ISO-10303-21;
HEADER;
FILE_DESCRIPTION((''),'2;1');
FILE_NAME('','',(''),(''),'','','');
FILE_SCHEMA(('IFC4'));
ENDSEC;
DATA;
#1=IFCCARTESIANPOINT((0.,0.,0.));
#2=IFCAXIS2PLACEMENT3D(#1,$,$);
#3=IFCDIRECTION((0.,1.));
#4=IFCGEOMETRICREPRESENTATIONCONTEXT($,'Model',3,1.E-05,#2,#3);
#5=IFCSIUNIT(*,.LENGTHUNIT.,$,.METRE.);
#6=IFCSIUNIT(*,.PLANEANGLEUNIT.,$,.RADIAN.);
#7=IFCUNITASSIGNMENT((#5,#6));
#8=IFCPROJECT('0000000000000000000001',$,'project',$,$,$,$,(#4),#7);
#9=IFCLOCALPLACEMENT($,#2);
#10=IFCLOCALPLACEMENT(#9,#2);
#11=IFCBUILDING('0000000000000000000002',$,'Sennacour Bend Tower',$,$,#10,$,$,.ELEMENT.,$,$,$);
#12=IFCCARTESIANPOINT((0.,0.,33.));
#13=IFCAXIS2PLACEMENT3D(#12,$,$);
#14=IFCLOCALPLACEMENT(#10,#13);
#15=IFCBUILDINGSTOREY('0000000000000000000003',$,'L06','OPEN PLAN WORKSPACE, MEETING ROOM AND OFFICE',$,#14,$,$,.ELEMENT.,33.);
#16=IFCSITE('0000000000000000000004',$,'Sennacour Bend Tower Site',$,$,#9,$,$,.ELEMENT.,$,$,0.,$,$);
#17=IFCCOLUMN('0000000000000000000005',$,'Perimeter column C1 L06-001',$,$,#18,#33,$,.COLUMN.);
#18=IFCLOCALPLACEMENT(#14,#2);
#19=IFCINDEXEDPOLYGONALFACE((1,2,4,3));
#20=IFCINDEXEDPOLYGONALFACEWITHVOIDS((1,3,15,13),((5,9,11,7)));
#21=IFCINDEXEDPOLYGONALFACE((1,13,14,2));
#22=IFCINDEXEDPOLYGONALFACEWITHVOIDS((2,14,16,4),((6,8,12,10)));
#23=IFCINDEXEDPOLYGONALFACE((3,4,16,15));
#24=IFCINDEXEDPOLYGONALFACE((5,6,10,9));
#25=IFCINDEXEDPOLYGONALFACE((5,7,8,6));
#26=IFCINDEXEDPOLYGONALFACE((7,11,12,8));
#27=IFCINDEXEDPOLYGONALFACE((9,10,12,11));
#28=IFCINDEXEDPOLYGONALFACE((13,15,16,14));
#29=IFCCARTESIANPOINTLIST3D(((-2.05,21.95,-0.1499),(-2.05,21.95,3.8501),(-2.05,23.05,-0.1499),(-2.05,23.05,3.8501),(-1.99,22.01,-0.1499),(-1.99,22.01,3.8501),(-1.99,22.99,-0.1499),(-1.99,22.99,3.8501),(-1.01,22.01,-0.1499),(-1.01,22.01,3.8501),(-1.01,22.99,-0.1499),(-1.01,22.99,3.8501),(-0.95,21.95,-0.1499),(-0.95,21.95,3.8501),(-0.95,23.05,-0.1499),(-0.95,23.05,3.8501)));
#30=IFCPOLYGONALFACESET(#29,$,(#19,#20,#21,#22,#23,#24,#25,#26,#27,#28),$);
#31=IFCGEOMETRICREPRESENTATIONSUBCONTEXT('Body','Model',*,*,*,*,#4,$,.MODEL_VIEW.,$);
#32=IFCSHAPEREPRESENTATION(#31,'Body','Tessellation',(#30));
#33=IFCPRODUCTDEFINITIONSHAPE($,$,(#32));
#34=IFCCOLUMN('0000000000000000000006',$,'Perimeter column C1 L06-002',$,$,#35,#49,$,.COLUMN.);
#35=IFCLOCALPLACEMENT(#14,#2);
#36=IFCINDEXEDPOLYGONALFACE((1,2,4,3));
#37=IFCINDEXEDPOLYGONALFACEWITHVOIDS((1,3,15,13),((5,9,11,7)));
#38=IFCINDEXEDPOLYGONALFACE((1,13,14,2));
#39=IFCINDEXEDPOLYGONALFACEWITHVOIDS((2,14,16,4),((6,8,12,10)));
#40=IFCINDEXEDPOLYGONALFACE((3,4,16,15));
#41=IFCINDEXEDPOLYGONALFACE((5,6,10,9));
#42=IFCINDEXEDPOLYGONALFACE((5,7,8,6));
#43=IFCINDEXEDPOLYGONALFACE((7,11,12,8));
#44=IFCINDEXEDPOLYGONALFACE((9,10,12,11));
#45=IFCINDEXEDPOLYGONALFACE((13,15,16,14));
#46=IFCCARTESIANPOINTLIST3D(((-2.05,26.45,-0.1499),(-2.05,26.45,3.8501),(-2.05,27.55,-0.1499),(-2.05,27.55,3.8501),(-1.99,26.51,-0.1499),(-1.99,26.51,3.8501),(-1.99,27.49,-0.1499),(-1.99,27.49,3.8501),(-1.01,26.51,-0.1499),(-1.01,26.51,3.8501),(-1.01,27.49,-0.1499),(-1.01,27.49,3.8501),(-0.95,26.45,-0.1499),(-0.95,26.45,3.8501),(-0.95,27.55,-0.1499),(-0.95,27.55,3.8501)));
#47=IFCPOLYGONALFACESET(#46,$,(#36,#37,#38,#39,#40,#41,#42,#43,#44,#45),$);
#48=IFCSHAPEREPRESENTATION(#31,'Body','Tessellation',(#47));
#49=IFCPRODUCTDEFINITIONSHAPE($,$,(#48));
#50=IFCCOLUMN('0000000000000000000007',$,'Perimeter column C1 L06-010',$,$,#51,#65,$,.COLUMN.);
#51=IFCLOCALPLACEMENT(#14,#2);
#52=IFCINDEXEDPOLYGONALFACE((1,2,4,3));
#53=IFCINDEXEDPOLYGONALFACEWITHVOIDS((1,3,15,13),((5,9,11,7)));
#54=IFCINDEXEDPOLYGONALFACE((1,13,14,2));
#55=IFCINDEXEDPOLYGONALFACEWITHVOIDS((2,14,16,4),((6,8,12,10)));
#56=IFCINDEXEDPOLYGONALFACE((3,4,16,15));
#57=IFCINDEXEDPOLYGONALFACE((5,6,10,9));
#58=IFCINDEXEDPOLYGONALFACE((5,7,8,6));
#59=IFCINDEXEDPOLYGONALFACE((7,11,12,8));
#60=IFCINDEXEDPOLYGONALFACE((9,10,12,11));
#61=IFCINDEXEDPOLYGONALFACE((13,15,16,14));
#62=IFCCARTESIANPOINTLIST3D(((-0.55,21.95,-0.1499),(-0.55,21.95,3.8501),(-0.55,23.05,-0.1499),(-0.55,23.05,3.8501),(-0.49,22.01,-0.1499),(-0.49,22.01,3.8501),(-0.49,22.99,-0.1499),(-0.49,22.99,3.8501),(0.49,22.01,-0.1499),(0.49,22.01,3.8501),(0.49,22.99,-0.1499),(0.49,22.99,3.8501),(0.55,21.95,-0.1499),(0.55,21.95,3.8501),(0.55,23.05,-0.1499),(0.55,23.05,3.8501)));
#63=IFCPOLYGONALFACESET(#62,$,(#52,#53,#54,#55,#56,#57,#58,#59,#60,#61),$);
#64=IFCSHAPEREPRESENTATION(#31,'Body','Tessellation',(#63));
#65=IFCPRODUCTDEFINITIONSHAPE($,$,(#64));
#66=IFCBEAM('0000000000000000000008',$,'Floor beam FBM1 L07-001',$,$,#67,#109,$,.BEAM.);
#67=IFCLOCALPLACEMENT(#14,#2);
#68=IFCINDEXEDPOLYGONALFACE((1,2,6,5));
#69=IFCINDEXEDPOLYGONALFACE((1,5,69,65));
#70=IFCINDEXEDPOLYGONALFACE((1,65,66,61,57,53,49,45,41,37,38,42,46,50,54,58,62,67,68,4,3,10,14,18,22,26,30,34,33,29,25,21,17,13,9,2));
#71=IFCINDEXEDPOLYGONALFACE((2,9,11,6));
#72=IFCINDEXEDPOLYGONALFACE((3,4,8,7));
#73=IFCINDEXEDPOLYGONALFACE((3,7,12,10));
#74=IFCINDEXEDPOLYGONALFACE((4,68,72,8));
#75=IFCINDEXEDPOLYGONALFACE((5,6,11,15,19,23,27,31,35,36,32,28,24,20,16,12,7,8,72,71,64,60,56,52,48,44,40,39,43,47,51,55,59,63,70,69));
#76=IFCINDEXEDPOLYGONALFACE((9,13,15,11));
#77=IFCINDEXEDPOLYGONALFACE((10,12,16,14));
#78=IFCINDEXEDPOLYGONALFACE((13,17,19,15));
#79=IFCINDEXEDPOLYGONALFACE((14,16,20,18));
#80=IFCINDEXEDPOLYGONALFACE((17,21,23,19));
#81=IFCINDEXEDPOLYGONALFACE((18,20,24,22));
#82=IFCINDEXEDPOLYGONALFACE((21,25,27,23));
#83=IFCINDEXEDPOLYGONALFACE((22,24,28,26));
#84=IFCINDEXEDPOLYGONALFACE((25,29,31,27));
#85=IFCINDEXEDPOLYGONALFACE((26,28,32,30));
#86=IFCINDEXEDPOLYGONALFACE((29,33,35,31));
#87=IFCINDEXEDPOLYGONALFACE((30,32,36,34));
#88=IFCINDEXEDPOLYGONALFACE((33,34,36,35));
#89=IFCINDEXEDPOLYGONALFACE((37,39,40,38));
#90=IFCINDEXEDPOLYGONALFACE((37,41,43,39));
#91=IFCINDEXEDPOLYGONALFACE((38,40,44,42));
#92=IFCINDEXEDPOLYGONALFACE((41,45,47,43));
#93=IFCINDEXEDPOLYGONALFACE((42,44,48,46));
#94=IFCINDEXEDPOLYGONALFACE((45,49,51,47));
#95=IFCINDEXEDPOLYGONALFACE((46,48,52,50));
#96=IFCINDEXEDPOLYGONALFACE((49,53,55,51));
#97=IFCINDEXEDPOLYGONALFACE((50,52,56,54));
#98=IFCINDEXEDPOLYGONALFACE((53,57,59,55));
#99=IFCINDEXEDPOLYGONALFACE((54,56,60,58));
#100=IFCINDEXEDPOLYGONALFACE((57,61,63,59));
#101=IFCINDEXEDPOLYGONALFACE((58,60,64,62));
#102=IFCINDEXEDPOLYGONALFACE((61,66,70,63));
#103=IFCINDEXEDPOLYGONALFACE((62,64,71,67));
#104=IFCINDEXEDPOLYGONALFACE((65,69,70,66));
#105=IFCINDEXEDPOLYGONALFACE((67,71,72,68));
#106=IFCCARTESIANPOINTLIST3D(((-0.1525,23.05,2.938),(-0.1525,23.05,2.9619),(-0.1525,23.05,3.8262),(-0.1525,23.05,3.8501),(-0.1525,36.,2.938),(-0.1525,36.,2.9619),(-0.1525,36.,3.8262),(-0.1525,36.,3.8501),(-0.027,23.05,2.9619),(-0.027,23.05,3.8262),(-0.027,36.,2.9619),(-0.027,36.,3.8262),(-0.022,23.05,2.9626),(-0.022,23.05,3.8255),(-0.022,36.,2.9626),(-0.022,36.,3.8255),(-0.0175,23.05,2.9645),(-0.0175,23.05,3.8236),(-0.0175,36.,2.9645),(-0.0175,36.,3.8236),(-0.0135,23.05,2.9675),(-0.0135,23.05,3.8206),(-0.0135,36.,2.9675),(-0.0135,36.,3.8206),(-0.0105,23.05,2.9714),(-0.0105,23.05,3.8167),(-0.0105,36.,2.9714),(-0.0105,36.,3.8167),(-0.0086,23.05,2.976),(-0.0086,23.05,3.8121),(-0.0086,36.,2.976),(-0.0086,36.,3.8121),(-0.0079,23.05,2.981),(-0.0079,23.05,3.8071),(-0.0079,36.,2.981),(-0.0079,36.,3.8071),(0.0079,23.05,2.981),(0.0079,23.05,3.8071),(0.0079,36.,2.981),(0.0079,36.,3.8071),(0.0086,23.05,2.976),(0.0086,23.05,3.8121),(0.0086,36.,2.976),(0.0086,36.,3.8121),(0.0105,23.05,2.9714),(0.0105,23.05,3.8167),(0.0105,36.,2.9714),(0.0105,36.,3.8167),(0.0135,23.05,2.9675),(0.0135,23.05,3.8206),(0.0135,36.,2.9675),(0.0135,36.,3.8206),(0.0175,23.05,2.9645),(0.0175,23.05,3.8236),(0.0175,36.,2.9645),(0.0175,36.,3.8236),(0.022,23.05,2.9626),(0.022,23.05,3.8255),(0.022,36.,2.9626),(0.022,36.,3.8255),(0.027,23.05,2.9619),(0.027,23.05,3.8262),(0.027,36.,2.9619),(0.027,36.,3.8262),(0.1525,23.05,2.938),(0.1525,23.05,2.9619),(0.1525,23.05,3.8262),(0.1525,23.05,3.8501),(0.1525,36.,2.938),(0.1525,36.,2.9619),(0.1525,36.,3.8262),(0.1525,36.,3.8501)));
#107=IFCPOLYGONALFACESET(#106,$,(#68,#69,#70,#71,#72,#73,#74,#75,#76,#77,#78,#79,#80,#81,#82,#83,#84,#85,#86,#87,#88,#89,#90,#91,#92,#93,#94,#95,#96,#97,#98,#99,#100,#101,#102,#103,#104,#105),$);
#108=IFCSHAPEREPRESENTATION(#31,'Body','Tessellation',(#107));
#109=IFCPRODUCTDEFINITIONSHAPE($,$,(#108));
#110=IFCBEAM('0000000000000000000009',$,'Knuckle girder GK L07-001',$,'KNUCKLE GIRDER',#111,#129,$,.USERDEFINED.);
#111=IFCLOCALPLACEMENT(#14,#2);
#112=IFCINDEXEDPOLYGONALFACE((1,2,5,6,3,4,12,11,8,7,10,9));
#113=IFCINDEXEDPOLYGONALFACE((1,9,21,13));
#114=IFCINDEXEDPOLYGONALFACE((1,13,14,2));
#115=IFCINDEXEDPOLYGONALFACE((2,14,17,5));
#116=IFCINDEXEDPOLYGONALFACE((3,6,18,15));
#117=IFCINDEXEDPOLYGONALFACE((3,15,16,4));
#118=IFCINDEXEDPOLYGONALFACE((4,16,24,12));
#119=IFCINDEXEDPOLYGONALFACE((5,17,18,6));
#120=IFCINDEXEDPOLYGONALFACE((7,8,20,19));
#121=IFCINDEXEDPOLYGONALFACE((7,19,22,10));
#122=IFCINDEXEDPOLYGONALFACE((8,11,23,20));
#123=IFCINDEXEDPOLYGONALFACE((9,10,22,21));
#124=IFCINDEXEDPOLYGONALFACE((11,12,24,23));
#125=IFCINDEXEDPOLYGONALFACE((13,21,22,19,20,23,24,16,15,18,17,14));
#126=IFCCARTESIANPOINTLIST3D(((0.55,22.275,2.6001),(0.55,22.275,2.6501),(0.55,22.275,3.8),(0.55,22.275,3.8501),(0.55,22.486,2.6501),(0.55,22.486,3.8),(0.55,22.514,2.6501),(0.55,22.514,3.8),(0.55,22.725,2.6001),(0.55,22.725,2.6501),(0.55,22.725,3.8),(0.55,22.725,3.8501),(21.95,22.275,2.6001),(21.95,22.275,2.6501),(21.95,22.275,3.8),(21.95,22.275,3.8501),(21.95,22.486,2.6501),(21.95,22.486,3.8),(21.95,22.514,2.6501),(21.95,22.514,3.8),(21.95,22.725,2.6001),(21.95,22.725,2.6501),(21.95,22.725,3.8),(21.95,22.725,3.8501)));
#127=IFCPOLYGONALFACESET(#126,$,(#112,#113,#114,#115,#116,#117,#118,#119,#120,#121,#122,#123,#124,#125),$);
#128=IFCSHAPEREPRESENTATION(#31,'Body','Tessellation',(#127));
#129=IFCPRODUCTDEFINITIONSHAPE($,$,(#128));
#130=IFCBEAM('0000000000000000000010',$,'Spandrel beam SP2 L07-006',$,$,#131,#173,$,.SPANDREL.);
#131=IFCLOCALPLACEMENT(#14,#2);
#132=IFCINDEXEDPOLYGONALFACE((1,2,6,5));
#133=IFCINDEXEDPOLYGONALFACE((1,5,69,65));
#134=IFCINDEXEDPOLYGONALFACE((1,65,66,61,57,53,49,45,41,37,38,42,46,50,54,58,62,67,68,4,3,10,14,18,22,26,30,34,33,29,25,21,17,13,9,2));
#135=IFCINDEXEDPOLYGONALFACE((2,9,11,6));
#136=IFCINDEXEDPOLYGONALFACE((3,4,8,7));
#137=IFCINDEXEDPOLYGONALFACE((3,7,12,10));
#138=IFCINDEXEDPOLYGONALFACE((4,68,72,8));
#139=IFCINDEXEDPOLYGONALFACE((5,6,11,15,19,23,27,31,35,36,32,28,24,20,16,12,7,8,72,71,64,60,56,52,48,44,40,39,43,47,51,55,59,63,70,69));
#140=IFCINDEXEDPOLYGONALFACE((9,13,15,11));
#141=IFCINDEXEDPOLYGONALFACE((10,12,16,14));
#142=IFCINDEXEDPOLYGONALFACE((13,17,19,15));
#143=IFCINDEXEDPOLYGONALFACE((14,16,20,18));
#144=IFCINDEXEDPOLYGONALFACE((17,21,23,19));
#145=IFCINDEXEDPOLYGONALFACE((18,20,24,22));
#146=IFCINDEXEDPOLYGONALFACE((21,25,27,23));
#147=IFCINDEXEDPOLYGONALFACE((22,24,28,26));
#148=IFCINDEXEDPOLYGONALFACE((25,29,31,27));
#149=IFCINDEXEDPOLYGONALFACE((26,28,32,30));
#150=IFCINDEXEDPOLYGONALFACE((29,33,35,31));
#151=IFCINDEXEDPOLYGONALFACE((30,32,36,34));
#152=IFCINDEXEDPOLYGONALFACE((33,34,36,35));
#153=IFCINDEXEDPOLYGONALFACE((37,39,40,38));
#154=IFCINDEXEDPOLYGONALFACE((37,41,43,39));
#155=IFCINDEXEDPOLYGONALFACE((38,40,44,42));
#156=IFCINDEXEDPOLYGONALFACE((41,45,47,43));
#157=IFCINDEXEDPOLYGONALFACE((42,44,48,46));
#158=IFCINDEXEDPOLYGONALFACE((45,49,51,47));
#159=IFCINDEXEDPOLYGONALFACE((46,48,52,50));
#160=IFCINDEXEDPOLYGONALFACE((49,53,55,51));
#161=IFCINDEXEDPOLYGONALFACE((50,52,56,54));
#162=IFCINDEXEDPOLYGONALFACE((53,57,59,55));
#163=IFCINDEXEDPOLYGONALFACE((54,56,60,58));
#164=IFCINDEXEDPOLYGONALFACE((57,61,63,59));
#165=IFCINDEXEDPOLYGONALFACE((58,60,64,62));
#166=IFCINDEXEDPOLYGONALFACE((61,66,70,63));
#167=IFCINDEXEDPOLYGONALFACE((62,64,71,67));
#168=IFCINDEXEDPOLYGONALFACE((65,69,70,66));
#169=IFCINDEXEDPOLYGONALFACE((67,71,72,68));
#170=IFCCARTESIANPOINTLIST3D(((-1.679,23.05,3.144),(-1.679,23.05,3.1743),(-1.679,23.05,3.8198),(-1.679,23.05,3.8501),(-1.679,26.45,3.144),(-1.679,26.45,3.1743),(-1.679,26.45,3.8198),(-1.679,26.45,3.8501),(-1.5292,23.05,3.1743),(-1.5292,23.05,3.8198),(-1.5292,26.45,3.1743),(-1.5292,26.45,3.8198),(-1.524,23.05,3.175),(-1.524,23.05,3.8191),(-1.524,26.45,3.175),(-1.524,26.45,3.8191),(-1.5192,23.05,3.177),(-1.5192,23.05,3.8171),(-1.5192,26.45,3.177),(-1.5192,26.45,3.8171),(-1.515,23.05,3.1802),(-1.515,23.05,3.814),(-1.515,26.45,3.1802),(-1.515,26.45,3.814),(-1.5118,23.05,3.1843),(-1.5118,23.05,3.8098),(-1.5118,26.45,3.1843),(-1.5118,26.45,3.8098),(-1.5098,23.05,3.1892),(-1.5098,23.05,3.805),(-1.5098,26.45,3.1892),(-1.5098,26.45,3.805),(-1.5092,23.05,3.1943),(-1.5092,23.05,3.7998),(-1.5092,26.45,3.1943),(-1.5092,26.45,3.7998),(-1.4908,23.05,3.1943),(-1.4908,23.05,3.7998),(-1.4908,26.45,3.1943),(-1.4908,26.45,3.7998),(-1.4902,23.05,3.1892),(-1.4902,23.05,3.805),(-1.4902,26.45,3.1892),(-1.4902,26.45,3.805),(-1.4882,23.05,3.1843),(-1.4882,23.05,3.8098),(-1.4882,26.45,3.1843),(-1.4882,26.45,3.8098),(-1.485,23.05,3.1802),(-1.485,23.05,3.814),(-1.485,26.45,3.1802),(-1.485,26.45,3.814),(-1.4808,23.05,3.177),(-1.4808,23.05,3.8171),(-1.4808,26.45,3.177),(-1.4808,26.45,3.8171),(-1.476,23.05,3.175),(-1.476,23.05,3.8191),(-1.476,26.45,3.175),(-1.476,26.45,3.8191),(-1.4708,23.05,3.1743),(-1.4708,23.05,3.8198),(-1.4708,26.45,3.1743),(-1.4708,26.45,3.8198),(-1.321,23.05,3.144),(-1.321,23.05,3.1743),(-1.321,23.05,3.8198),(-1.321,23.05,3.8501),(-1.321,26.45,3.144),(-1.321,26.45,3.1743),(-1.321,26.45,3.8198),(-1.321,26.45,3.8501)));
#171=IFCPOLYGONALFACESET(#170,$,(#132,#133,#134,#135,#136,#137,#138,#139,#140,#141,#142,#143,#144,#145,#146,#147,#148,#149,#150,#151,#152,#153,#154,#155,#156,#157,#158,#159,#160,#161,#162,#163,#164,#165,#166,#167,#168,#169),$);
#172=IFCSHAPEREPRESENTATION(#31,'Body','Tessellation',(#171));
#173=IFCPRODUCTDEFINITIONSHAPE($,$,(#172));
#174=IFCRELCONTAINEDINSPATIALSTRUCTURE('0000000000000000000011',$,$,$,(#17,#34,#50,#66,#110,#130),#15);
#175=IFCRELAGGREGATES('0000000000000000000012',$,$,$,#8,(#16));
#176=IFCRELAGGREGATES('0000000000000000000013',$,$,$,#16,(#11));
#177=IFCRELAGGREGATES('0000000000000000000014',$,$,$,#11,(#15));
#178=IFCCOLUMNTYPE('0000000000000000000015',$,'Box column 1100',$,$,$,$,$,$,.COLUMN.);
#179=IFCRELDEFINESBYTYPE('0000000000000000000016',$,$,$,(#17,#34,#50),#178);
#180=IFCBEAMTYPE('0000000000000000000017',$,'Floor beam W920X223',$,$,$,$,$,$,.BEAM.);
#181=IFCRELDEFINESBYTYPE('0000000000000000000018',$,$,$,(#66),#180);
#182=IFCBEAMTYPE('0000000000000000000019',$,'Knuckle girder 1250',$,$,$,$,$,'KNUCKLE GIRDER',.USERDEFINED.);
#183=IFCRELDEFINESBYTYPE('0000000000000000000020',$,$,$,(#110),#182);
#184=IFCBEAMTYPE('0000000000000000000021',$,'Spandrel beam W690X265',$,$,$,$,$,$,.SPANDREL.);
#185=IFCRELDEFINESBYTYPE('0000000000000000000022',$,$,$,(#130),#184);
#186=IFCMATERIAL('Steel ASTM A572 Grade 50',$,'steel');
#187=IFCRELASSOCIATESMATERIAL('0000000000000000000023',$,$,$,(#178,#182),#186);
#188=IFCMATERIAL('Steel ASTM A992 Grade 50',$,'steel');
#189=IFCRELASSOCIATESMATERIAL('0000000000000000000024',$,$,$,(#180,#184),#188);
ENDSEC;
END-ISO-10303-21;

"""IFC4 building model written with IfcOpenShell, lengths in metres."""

from ifc_helpers import new_model, si_unit, direction, frame, origin, origin_2d, place, context, subcontext, project, spatial, hollow_rectangle, i_section, extrude, material, material_profile, profile_set, type_object, element, save


model = new_model("IFC4")

# Units and contexts
model_context = context("Model", 3, precision=1e-05, world=origin(), true_north=direction((0.0, 1.0)))
body_context = subcontext(model_context, "Body", "Model", "MODEL_VIEW")
ifc_project = project(units=[si_unit("LENGTHUNIT", "METRE"), si_unit("PLANEANGLEUNIT", "RADIAN")], contexts=[model_context])

# Site, building, storey
site_placement = place(None, origin())
site = spatial("IfcSite", under=ifc_project, at=site_placement, Name="Sennacour Bend Tower Site", CompositionType="ELEMENT", RefElevation=0.0)
building_placement = place(site_placement, origin())
building = spatial("IfcBuilding", under=site, at=building_placement, Name="Sennacour Bend Tower", CompositionType="ELEMENT")
storey_placement = place(building_placement, frame((0.0, 0.0, 33.0)))
storey = spatial("IfcBuildingStorey", under=building, at=storey_placement, Name="L06", Description="OPEN PLAN WORKSPACE, MEETING ROOM AND OFFICE", CompositionType="ELEMENT", Elevation=33.0)

# Columns
ifc_material_1 = material(Name="Steel ASTM A572 Grade 50", Category="steel")
ifc_material_profile_1 = material_profile(ifc_material_1, hollow_rectangle(XDim=1.1001, YDim=1.1001, WallThickness=0.0601, at=origin_2d()), Name="Steel ASTM A572 Grade 50", Category="steel")
ifc_profile_set_1 = profile_set([ifc_material_profile_1], Name="Steel ASTM A572 Grade 50")
column_type = type_object("IfcColumnType", Name="Box column 1100", PredefinedType="COLUMN", material=ifc_profile_set_1)
for number, where, z_axis, x_axis, name in (
    (1, (-1.5, 22.5, -0.1499), (0.0, 0.0, 1.0), (1.0, 0.0, 0.0), "Perimeter column C1 L06-001"),
    (2, (-1.5, 27.0, -0.1499), (0.0, 0.0, 1.0), (1.0, 0.0, 0.0), "Perimeter column C1 L06-002"),
    (3, (0.0, 22.5, -0.1499), (0.0, 0.0, 1.0), (1.0, 0.0, 0.0), "Perimeter column C1 L06-010"),
):
    element("IfcColumn", number, at=place(storey_placement, frame(where, z_axis=z_axis, x_axis=x_axis)), inside=storey, type_object=column_type, Name=name, PredefinedType="COLUMN", context=body_context, shape_type="SweptSolid", body=[
        extrude(hollow_rectangle(XDim=1.1001, YDim=1.1001, WallThickness=0.0601, at=origin_2d()), origin(), (0.0, 0.0, 1.0), 4.0),
    ])

# Beams
ifc_material_2 = material(Name="Steel ASTM A992 Grade 50", Category="steel")
ifc_material_profile_2 = material_profile(ifc_material_2, i_section(OverallWidth=0.3049, OverallDepth=0.9121, WebThickness=0.0159, FlangeThickness=0.0239, FilletRadius=0.019, at=origin_2d()), Name="Steel ASTM A992 Grade 50", Category="steel")
ifc_profile_set_2 = profile_set([ifc_material_profile_2], Name="Steel ASTM A992 Grade 50")
beam_type_1 = type_object("IfcBeamType", Name="Floor beam W920X223", PredefinedType="BEAM", material=ifc_profile_set_2)
beam_1_placement = place(storey_placement, frame((0.0, 23.05, 3.394), z_axis=(0.0, 1.0, 0.0), x_axis=(-1.0, 0.0, 0.0)))
element("IfcBeam", 4, at=beam_1_placement, inside=storey, type_object=beam_type_1, Name="Floor beam FBM1 L07-001", PredefinedType="BEAM", context=body_context, shape_type="SweptSolid", body=[
    extrude(i_section(OverallWidth=0.3049, OverallDepth=0.9121, WebThickness=0.0159, FlangeThickness=0.0239, FilletRadius=0.019, at=origin_2d()), origin(), (0.0, 0.0, 1.0), 12.95),
])
ifc_material_profile_3 = material_profile(ifc_material_1, i_section(OverallWidth=0.45, OverallDepth=1.25, WebThickness=0.0281, FlangeThickness=0.05, at=origin_2d()), Name="Steel ASTM A572 Grade 50", Category="steel")
ifc_profile_set_3 = profile_set([ifc_material_profile_3], Name="Steel ASTM A572 Grade 50")
beam_type_2 = type_object("IfcBeamType", Name="Knuckle girder 1250", ElementType="KNUCKLE GIRDER", PredefinedType="USERDEFINED", material=ifc_profile_set_3)
beam_2_placement = place(storey_placement, frame((0.55, 22.5, 3.2251), z_axis=(1.0, 0.0, 0.0), x_axis=(0.0, 1.0, 0.0)))
element("IfcBeam", 5, at=beam_2_placement, inside=storey, type_object=beam_type_2, Name="Knuckle girder GK L07-001", ObjectType="KNUCKLE GIRDER", PredefinedType="USERDEFINED", context=body_context, shape_type="SweptSolid", body=[
    extrude(i_section(OverallWidth=0.45, OverallDepth=1.25, WebThickness=0.0281, FlangeThickness=0.05, at=origin_2d()), origin(), (0.0, 0.0, 1.0), 21.3999),
])
ifc_material_profile_4 = material_profile(ifc_material_2, i_section(OverallWidth=0.3579, OverallDepth=0.7061, WebThickness=0.0183, FlangeThickness=0.0303, FilletRadius=0.02, at=origin_2d()), Name="Steel ASTM A992 Grade 50", Category="steel")
ifc_profile_set_4 = profile_set([ifc_material_profile_4], Name="Steel ASTM A992 Grade 50")
beam_type_3 = type_object("IfcBeamType", Name="Spandrel beam W690X265", PredefinedType="SPANDREL", material=ifc_profile_set_4)
for number, where, z_axis, x_axis, name in (
    (6, (-1.5, 23.05, 3.4971), (0.0, 1.0, 0.0), (-1.0, 0.0, 0.0), "Spandrel beam SP2 L07-006"),
):
    element("IfcBeam", number, at=place(storey_placement, frame(where, z_axis=z_axis, x_axis=x_axis)), inside=storey, type_object=beam_type_3, Name=name, PredefinedType="SPANDREL", context=body_context, shape_type="SweptSolid", body=[
        extrude(i_section(OverallWidth=0.3579, OverallDepth=0.7061, WebThickness=0.0183, FlangeThickness=0.0303, FilletRadius=0.02, at=origin_2d()), origin(), (0.0, 0.0, 1.0), 3.3999),
    ])

save(model, "model.ifc")
